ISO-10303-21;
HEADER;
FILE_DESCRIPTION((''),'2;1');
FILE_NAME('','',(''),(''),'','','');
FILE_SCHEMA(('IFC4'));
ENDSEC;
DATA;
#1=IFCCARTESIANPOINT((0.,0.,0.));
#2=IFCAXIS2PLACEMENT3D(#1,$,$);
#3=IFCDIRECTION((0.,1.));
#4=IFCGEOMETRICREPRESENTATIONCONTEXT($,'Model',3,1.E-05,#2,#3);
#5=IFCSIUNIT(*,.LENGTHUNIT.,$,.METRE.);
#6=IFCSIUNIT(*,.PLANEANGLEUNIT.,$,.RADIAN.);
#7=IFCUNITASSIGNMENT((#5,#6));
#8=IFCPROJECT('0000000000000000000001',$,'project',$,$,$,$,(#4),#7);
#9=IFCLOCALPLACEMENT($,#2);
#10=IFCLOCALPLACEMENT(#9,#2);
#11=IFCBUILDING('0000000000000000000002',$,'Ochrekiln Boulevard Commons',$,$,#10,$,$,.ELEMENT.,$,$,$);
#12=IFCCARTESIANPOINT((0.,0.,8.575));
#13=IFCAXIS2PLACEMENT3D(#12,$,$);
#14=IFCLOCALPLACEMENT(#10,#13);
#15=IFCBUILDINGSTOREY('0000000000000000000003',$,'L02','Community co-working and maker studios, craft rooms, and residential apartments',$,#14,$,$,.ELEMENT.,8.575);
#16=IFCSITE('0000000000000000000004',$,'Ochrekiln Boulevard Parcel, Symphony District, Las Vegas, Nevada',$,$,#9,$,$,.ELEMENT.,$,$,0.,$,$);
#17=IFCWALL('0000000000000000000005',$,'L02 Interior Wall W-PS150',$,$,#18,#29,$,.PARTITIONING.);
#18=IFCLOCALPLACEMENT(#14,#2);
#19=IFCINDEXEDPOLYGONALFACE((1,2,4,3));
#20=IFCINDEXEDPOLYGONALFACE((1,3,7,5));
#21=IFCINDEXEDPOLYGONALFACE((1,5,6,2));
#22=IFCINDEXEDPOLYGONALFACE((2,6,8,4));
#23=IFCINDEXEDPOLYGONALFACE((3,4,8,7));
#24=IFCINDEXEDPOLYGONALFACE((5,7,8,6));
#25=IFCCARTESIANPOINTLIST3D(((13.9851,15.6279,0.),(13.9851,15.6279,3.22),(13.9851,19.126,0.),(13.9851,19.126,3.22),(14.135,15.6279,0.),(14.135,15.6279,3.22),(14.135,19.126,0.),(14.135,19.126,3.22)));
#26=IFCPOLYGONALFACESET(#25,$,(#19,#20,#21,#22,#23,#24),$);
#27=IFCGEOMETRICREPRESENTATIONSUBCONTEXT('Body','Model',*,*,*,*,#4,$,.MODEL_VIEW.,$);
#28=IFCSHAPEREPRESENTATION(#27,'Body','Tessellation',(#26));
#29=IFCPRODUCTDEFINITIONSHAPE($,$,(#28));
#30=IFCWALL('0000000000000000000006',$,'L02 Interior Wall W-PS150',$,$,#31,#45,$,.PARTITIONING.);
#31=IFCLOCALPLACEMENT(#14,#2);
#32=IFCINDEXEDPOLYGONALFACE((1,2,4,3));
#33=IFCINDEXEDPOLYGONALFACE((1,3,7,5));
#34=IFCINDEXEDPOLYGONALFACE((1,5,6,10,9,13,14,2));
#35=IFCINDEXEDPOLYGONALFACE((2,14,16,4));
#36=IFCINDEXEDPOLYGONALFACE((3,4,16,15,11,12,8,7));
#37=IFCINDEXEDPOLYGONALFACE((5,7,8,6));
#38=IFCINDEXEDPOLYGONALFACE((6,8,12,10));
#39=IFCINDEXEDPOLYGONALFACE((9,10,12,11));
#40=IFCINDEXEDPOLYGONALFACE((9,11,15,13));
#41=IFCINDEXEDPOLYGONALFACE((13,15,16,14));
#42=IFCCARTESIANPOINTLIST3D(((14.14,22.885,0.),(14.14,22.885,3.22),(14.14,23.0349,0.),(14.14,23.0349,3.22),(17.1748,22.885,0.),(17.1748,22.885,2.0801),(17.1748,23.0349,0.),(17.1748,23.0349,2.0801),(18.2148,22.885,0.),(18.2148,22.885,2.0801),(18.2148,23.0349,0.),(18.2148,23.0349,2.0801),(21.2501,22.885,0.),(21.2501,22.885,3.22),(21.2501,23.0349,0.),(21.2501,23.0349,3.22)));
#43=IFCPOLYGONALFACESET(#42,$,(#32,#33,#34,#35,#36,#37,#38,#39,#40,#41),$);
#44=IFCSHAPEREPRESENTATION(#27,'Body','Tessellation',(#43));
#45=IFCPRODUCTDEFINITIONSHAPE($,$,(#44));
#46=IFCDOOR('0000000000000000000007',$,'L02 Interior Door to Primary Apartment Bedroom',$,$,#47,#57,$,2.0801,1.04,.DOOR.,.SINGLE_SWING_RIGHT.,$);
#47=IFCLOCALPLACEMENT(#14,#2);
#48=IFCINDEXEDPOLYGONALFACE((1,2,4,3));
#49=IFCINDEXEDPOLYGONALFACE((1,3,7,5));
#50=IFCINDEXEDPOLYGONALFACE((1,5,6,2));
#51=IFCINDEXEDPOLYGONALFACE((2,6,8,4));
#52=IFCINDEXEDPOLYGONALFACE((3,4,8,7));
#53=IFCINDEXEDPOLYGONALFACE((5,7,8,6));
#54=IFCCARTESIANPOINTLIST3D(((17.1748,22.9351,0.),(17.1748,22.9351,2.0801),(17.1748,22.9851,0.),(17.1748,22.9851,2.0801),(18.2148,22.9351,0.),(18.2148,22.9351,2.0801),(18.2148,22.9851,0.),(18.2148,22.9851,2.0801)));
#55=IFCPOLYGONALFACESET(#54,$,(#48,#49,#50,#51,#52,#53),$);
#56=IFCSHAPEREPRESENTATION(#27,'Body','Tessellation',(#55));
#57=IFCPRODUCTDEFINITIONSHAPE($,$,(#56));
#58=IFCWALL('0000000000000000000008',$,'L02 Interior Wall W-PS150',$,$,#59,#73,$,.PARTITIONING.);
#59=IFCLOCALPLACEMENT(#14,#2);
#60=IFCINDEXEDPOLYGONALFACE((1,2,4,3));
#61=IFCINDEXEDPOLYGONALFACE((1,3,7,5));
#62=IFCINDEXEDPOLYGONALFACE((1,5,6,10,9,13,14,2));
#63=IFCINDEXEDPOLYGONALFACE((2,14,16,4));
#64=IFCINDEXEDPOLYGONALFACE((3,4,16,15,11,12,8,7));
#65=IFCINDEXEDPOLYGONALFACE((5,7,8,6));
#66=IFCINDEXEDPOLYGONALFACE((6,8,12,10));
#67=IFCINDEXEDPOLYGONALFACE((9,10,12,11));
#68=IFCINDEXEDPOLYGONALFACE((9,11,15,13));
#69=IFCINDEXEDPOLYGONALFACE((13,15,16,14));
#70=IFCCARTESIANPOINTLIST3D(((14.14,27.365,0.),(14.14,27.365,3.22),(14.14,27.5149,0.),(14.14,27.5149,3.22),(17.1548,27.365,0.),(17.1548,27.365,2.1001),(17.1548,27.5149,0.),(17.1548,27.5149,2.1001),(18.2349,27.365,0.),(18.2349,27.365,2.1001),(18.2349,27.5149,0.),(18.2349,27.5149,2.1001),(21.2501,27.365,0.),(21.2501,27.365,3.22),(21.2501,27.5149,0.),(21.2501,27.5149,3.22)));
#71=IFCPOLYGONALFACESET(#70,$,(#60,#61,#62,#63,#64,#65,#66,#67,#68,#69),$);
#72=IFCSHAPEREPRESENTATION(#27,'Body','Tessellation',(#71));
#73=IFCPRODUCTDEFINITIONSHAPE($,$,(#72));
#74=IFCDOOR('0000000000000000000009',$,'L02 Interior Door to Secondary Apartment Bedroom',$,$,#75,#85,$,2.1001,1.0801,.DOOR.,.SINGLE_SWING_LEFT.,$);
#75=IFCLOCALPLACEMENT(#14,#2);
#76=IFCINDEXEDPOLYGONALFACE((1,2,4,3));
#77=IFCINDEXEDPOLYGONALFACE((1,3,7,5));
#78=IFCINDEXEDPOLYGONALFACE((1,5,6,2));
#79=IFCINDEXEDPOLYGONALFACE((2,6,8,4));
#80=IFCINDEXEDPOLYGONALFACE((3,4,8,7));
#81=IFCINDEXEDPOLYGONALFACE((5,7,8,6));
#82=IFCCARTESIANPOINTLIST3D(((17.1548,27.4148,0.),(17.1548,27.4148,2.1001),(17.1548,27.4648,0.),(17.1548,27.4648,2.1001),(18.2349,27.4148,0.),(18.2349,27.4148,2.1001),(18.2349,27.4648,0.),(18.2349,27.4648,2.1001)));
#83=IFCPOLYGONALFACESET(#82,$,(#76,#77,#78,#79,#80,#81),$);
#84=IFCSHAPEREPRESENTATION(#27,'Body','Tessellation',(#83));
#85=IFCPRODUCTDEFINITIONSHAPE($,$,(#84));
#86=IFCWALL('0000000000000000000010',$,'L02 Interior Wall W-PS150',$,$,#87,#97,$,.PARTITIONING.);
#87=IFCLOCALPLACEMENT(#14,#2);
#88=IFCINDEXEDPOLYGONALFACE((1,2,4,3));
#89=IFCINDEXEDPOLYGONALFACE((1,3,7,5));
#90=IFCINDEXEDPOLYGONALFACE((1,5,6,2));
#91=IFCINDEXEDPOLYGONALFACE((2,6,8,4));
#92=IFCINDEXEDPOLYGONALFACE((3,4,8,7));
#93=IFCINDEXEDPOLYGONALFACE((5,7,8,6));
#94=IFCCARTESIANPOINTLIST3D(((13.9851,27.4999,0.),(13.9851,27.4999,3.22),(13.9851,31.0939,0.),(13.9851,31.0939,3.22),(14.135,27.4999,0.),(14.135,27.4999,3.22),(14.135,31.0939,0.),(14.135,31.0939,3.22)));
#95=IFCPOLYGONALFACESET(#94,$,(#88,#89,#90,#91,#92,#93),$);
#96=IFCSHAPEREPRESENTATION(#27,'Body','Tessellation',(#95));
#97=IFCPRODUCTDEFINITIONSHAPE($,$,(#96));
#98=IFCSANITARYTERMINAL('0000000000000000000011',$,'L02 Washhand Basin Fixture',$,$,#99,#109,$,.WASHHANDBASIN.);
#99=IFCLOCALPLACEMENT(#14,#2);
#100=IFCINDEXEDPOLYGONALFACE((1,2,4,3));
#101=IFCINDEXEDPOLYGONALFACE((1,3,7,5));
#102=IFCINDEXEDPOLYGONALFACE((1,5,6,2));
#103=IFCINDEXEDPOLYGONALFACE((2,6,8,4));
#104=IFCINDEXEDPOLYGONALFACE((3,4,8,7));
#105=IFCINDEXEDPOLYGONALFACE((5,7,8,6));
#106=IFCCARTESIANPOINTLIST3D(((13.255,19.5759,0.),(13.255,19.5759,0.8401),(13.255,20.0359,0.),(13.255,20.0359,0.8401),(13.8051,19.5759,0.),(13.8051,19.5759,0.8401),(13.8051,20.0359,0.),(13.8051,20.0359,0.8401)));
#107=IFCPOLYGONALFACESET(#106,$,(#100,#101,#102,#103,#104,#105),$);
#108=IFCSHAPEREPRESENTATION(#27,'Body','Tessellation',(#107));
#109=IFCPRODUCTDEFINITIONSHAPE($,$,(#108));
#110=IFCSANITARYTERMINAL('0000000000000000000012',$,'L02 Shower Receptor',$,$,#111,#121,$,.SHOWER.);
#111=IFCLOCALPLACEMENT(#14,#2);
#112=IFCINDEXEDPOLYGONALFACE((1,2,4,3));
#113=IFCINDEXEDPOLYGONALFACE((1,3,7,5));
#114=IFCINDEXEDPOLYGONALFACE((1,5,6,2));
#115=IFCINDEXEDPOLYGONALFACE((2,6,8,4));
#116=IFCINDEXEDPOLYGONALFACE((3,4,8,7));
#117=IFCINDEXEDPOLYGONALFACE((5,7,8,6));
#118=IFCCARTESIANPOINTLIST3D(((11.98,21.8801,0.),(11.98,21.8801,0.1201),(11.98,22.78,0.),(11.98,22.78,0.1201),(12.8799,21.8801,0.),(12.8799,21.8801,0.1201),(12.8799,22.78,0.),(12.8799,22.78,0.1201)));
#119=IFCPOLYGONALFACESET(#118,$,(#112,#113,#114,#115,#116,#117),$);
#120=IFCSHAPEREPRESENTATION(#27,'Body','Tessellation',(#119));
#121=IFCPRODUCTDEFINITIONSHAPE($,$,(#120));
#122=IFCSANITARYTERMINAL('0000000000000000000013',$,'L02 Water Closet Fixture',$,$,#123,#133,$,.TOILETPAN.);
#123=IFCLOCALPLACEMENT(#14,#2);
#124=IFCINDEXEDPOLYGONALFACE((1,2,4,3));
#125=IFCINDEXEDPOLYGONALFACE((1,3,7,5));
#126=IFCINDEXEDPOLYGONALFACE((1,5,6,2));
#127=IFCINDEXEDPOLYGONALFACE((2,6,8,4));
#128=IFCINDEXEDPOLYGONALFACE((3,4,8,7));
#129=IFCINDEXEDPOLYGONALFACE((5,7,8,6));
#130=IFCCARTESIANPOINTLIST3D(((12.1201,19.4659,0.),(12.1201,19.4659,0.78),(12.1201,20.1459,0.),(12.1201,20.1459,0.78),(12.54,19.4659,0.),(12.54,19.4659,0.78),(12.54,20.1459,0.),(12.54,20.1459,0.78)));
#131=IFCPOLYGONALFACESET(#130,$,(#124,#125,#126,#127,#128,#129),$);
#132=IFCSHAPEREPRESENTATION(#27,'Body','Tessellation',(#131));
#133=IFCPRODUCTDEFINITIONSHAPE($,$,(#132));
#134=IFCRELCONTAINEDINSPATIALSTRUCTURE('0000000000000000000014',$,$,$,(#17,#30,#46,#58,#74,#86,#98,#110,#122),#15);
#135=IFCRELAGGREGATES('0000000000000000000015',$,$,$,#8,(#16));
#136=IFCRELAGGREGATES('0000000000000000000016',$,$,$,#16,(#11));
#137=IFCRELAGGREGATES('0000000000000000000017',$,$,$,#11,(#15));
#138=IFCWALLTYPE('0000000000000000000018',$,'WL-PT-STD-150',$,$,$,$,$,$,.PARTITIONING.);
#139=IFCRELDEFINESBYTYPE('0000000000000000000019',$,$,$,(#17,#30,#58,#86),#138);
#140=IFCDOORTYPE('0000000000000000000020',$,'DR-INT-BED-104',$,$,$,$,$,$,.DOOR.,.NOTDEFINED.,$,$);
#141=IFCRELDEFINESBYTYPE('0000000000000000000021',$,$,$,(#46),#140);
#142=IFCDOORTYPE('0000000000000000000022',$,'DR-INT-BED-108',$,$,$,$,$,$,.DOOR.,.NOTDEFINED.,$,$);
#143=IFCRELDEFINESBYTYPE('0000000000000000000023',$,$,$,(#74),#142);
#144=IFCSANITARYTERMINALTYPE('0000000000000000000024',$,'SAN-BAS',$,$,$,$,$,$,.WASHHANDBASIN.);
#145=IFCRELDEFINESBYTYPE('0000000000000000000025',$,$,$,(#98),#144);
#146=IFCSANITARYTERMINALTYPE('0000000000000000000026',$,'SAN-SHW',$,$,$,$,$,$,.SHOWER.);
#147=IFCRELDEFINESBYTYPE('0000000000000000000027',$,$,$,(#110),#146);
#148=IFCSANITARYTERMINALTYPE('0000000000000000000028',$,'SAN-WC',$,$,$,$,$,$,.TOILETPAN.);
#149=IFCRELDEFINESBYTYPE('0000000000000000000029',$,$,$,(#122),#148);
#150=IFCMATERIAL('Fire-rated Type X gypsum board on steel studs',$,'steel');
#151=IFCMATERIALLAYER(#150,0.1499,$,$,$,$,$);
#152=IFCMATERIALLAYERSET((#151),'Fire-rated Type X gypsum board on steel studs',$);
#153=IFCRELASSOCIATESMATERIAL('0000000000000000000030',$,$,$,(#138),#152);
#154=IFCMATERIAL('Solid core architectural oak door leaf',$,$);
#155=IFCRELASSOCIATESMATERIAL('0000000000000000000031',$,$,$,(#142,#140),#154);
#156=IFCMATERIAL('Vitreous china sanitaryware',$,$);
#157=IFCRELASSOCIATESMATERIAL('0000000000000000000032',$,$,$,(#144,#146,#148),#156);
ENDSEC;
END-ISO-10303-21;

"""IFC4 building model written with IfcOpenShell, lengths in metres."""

from ifc_helpers import new_model, si_unit, direction, frame, frame_2d, origin, origin_2d, place, context, subcontext, project, spatial, rectangle, extrude, material, layer, layer_set, type_object, element, fill, save


model = new_model("IFC4")

# Units and contexts
model_context = context("Model", 3, precision=1e-05, world=origin(), true_north=direction((0.0, 1.0)))
body_context = subcontext(model_context, "Body", "Model", "MODEL_VIEW")
ifc_project = project(units=[si_unit("LENGTHUNIT", "METRE"), si_unit("PLANEANGLEUNIT", "RADIAN")], contexts=[model_context])

# Site, building, storey
site_placement = place(None, origin())
site = spatial("IfcSite", under=ifc_project, at=site_placement, Name="Ochrekiln Boulevard Parcel, Symphony District, Las Vegas, Nevada", CompositionType="ELEMENT", RefElevation=0.0)
building_placement = place(site_placement, origin())
building = spatial("IfcBuilding", under=site, at=building_placement, Name="Ochrekiln Boulevard Commons", CompositionType="ELEMENT")
storey_placement = place(building_placement, frame((0.0, 0.0, 8.575)))
storey = spatial("IfcBuildingStorey", under=building, at=storey_placement, Name="L02", Description="Community co-working and maker studios, craft rooms, and residential apartments", CompositionType="ELEMENT", Elevation=8.575)

# Shared definitions
ifc_material_1 = material(Name="Solid core architectural oak door leaf")

# Shared definitions
ifc_material_2 = material(Name="Fire-rated Type X gypsum board on steel studs", Category="steel")

# Shared definitions
ifc_layer_1 = layer(ifc_material_2, 0.1499)
ifc_layer_set_1 = layer_set([ifc_layer_1], Name="Fire-rated Type X gypsum board on steel studs")
wall_type_1 = type_object("IfcWallType", Name="WL-PT-STD-150", PredefinedType="PARTITIONING", material=ifc_layer_set_1)
door_type_1 = type_object("IfcDoorType", Name="DR-INT-BED-108", OperationType="NOTDEFINED", PredefinedType="DOOR", material=ifc_material_1)

# Wall
wall_1_placement = place(storey_placement, frame((14.0601, 15.6279, 0.0), z_axis=(0.0, 0.0, 1.0), x_axis=(0.0, 1.0, 0.0)))
element("IfcWall", 1, at=wall_1_placement, inside=storey, type_object=wall_type_1, Name="L02 Interior Wall W-PS150", PredefinedType="PARTITIONING", context=body_context, shape_type="SweptSolid", body=[
    extrude(rectangle(XDim=3.498, YDim=0.1499, at=frame_2d((1.749, 0.0))), origin(), (0.0, 0.0, 1.0), 3.22),
])

# Walls, openings, doors
wall_2_placement = place(storey_placement, frame((14.1399, 22.96, 0.0), z_axis=(0.0, 0.0, 1.0), x_axis=(1.0, 0.0, 0.0)))
wall_2 = element("IfcWall", 2, at=wall_2_placement, inside=storey, type_object=wall_type_1, Name="L02 Interior Wall W-PS150", PredefinedType="PARTITIONING", context=body_context, shape_type="SweptSolid", body=[
    extrude(rectangle(XDim=7.1101, YDim=0.1499, at=frame_2d((3.5552, 0.0))), origin(), (0.0, 0.0, 1.0), 3.22),
])
opening_1_placement = place(wall_2_placement, frame((3.0349, 0.0, 0.0)))
opening_1 = element("IfcOpeningElement", 3, at=opening_1_placement, cuts=wall_2, PredefinedType="OPENING", context=body_context, shape_type="SweptSolid", body=[
    extrude(rectangle(XDim=1.04, YDim=2.0801, at=frame_2d((0.52, 1.04))), frame((0.0, 0.085, 0.0), z_axis=(0.0, -1.0, 0.0), x_axis=(1.0, 0.0, 0.0)), (0.0, 0.0, 1.0), 0.1699),
])
door_type_2 = type_object("IfcDoorType", Name="DR-INT-BED-104", OperationType="NOTDEFINED", PredefinedType="DOOR", material=ifc_material_1)
door_1_placement = place(opening_1_placement, frame((1.04, 0.0, 0.0), z_axis=(0.0, 0.0, 1.0), x_axis=(-1.0, 0.0, 0.0)))
door_1 = element("IfcDoor", 4, at=door_1_placement, inside=storey, type_object=door_type_2, Name="L02 Interior Door to Primary Apartment Bedroom", OperationType="SINGLE_SWING_RIGHT", OverallHeight=2.0801, OverallWidth=1.04, PredefinedType="DOOR", context=body_context, shape_type="SweptSolid", body=[
    extrude(rectangle(XDim=1.04, YDim=2.0801, at=frame_2d((0.52, 1.04))), frame((0.0, 0.0249, 0.0), z_axis=(0.0, -1.0, 0.0), x_axis=(1.0, 0.0, 0.0)), (0.0, 0.0, 1.0), 0.05),
])
fill(opening_1, door_1)
wall_3_placement = place(storey_placement, frame((14.1399, 27.4399, 0.0), z_axis=(0.0, 0.0, 1.0), x_axis=(1.0, 0.0, 0.0)))
wall_3 = element("IfcWall", 5, at=wall_3_placement, inside=storey, type_object=wall_type_1, Name="L02 Interior Wall W-PS150", PredefinedType="PARTITIONING", context=body_context, shape_type="SweptSolid", body=[
    extrude(rectangle(XDim=7.1101, YDim=0.1499, at=frame_2d((3.5552, 0.0))), origin(), (0.0, 0.0, 1.0), 3.22),
])
opening_2_placement = place(wall_3_placement, frame((3.0149, 0.0, 0.0)))
opening_2 = element("IfcOpeningElement", 6, at=opening_2_placement, cuts=wall_3, PredefinedType="OPENING", context=body_context, shape_type="SweptSolid", body=[
    extrude(rectangle(XDim=1.0801, YDim=2.1001, at=frame_2d((0.54, 1.05))), frame((0.0, 0.085, 0.0), z_axis=(0.0, -1.0, 0.0), x_axis=(1.0, 0.0, 0.0)), (0.0, 0.0, 1.0), 0.1699),
])
door_2_placement = place(opening_2_placement, origin())
door_2 = element("IfcDoor", 7, at=door_2_placement, inside=storey, type_object=door_type_1, Name="L02 Interior Door to Secondary Apartment Bedroom", OperationType="SINGLE_SWING_LEFT", OverallHeight=2.1001, OverallWidth=1.0801, PredefinedType="DOOR", context=body_context, shape_type="SweptSolid", body=[
    extrude(rectangle(XDim=1.0801, YDim=2.1001, at=frame_2d((0.54, 1.05))), frame((0.0, 0.0249, 0.0), z_axis=(0.0, -1.0, 0.0), x_axis=(1.0, 0.0, 0.0)), (0.0, 0.0, 1.0), 0.05),
])
fill(opening_2, door_2)

# Wall
wall_4_placement = place(storey_placement, frame((14.0601, 27.5, 0.0), z_axis=(0.0, 0.0, 1.0), x_axis=(0.0, 1.0, 0.0)))
element("IfcWall", 8, at=wall_4_placement, inside=storey, type_object=wall_type_1, Name="L02 Interior Wall W-PS150", PredefinedType="PARTITIONING", context=body_context, shape_type="SweptSolid", body=[
    extrude(rectangle(XDim=3.594, YDim=0.1499, at=frame_2d((1.7969, 0.0))), origin(), (0.0, 0.0, 1.0), 3.22),
])

# Sanitary terminals
ifc_material_3 = material(Name="Vitreous china sanitaryware")
sanitary_terminal_type_1 = type_object("IfcSanitaryTerminalType", Name="SAN-BAS", PredefinedType="WASHHANDBASIN", material=ifc_material_3)
sanitary_terminal_1_placement = place(storey_placement, frame((13.53, 19.8059, 0.0), z_axis=(0.0, 0.0, 1.0), x_axis=(1.0, 0.0, 0.0)))
element("IfcSanitaryTerminal", 9, at=sanitary_terminal_1_placement, inside=storey, type_object=sanitary_terminal_type_1, Name="L02 Washhand Basin Fixture", PredefinedType="WASHHANDBASIN", context=body_context, shape_type="SweptSolid", body=[
    extrude(rectangle(XDim=0.55, YDim=0.46, at=origin_2d()), origin(), (0.0, 0.0, 1.0), 0.8401),
])
sanitary_terminal_type_2 = type_object("IfcSanitaryTerminalType", Name="SAN-SHW", PredefinedType="SHOWER", material=ifc_material_3)
sanitary_terminal_2_placement = place(storey_placement, frame((12.4299, 22.3301, 0.0), z_axis=(0.0, 0.0, 1.0), x_axis=(1.0, 0.0, 0.0)))
element("IfcSanitaryTerminal", 10, at=sanitary_terminal_2_placement, inside=storey, type_object=sanitary_terminal_type_2, Name="L02 Shower Receptor", PredefinedType="SHOWER", context=body_context, shape_type="SweptSolid", body=[
    extrude(rectangle(XDim=0.8999, YDim=0.8999, at=origin_2d()), origin(), (0.0, 0.0, 1.0), 0.1201),
])
sanitary_terminal_type_3 = type_object("IfcSanitaryTerminalType", Name="SAN-WC", PredefinedType="TOILETPAN", material=ifc_material_3)
sanitary_terminal_3_placement = place(storey_placement, frame((12.3301, 19.8059, 0.0), z_axis=(0.0, 0.0, 1.0), x_axis=(1.0, 0.0, 0.0)))
element("IfcSanitaryTerminal", 11, at=sanitary_terminal_3_placement, inside=storey, type_object=sanitary_terminal_type_3, Name="L02 Water Closet Fixture", PredefinedType="TOILETPAN", context=body_context, shape_type="SweptSolid", body=[
    extrude(rectangle(XDim=0.4199, YDim=0.6799, at=origin_2d()), origin(), (0.0, 0.0, 1.0), 0.78),
])

save(model, "model.ifc")
